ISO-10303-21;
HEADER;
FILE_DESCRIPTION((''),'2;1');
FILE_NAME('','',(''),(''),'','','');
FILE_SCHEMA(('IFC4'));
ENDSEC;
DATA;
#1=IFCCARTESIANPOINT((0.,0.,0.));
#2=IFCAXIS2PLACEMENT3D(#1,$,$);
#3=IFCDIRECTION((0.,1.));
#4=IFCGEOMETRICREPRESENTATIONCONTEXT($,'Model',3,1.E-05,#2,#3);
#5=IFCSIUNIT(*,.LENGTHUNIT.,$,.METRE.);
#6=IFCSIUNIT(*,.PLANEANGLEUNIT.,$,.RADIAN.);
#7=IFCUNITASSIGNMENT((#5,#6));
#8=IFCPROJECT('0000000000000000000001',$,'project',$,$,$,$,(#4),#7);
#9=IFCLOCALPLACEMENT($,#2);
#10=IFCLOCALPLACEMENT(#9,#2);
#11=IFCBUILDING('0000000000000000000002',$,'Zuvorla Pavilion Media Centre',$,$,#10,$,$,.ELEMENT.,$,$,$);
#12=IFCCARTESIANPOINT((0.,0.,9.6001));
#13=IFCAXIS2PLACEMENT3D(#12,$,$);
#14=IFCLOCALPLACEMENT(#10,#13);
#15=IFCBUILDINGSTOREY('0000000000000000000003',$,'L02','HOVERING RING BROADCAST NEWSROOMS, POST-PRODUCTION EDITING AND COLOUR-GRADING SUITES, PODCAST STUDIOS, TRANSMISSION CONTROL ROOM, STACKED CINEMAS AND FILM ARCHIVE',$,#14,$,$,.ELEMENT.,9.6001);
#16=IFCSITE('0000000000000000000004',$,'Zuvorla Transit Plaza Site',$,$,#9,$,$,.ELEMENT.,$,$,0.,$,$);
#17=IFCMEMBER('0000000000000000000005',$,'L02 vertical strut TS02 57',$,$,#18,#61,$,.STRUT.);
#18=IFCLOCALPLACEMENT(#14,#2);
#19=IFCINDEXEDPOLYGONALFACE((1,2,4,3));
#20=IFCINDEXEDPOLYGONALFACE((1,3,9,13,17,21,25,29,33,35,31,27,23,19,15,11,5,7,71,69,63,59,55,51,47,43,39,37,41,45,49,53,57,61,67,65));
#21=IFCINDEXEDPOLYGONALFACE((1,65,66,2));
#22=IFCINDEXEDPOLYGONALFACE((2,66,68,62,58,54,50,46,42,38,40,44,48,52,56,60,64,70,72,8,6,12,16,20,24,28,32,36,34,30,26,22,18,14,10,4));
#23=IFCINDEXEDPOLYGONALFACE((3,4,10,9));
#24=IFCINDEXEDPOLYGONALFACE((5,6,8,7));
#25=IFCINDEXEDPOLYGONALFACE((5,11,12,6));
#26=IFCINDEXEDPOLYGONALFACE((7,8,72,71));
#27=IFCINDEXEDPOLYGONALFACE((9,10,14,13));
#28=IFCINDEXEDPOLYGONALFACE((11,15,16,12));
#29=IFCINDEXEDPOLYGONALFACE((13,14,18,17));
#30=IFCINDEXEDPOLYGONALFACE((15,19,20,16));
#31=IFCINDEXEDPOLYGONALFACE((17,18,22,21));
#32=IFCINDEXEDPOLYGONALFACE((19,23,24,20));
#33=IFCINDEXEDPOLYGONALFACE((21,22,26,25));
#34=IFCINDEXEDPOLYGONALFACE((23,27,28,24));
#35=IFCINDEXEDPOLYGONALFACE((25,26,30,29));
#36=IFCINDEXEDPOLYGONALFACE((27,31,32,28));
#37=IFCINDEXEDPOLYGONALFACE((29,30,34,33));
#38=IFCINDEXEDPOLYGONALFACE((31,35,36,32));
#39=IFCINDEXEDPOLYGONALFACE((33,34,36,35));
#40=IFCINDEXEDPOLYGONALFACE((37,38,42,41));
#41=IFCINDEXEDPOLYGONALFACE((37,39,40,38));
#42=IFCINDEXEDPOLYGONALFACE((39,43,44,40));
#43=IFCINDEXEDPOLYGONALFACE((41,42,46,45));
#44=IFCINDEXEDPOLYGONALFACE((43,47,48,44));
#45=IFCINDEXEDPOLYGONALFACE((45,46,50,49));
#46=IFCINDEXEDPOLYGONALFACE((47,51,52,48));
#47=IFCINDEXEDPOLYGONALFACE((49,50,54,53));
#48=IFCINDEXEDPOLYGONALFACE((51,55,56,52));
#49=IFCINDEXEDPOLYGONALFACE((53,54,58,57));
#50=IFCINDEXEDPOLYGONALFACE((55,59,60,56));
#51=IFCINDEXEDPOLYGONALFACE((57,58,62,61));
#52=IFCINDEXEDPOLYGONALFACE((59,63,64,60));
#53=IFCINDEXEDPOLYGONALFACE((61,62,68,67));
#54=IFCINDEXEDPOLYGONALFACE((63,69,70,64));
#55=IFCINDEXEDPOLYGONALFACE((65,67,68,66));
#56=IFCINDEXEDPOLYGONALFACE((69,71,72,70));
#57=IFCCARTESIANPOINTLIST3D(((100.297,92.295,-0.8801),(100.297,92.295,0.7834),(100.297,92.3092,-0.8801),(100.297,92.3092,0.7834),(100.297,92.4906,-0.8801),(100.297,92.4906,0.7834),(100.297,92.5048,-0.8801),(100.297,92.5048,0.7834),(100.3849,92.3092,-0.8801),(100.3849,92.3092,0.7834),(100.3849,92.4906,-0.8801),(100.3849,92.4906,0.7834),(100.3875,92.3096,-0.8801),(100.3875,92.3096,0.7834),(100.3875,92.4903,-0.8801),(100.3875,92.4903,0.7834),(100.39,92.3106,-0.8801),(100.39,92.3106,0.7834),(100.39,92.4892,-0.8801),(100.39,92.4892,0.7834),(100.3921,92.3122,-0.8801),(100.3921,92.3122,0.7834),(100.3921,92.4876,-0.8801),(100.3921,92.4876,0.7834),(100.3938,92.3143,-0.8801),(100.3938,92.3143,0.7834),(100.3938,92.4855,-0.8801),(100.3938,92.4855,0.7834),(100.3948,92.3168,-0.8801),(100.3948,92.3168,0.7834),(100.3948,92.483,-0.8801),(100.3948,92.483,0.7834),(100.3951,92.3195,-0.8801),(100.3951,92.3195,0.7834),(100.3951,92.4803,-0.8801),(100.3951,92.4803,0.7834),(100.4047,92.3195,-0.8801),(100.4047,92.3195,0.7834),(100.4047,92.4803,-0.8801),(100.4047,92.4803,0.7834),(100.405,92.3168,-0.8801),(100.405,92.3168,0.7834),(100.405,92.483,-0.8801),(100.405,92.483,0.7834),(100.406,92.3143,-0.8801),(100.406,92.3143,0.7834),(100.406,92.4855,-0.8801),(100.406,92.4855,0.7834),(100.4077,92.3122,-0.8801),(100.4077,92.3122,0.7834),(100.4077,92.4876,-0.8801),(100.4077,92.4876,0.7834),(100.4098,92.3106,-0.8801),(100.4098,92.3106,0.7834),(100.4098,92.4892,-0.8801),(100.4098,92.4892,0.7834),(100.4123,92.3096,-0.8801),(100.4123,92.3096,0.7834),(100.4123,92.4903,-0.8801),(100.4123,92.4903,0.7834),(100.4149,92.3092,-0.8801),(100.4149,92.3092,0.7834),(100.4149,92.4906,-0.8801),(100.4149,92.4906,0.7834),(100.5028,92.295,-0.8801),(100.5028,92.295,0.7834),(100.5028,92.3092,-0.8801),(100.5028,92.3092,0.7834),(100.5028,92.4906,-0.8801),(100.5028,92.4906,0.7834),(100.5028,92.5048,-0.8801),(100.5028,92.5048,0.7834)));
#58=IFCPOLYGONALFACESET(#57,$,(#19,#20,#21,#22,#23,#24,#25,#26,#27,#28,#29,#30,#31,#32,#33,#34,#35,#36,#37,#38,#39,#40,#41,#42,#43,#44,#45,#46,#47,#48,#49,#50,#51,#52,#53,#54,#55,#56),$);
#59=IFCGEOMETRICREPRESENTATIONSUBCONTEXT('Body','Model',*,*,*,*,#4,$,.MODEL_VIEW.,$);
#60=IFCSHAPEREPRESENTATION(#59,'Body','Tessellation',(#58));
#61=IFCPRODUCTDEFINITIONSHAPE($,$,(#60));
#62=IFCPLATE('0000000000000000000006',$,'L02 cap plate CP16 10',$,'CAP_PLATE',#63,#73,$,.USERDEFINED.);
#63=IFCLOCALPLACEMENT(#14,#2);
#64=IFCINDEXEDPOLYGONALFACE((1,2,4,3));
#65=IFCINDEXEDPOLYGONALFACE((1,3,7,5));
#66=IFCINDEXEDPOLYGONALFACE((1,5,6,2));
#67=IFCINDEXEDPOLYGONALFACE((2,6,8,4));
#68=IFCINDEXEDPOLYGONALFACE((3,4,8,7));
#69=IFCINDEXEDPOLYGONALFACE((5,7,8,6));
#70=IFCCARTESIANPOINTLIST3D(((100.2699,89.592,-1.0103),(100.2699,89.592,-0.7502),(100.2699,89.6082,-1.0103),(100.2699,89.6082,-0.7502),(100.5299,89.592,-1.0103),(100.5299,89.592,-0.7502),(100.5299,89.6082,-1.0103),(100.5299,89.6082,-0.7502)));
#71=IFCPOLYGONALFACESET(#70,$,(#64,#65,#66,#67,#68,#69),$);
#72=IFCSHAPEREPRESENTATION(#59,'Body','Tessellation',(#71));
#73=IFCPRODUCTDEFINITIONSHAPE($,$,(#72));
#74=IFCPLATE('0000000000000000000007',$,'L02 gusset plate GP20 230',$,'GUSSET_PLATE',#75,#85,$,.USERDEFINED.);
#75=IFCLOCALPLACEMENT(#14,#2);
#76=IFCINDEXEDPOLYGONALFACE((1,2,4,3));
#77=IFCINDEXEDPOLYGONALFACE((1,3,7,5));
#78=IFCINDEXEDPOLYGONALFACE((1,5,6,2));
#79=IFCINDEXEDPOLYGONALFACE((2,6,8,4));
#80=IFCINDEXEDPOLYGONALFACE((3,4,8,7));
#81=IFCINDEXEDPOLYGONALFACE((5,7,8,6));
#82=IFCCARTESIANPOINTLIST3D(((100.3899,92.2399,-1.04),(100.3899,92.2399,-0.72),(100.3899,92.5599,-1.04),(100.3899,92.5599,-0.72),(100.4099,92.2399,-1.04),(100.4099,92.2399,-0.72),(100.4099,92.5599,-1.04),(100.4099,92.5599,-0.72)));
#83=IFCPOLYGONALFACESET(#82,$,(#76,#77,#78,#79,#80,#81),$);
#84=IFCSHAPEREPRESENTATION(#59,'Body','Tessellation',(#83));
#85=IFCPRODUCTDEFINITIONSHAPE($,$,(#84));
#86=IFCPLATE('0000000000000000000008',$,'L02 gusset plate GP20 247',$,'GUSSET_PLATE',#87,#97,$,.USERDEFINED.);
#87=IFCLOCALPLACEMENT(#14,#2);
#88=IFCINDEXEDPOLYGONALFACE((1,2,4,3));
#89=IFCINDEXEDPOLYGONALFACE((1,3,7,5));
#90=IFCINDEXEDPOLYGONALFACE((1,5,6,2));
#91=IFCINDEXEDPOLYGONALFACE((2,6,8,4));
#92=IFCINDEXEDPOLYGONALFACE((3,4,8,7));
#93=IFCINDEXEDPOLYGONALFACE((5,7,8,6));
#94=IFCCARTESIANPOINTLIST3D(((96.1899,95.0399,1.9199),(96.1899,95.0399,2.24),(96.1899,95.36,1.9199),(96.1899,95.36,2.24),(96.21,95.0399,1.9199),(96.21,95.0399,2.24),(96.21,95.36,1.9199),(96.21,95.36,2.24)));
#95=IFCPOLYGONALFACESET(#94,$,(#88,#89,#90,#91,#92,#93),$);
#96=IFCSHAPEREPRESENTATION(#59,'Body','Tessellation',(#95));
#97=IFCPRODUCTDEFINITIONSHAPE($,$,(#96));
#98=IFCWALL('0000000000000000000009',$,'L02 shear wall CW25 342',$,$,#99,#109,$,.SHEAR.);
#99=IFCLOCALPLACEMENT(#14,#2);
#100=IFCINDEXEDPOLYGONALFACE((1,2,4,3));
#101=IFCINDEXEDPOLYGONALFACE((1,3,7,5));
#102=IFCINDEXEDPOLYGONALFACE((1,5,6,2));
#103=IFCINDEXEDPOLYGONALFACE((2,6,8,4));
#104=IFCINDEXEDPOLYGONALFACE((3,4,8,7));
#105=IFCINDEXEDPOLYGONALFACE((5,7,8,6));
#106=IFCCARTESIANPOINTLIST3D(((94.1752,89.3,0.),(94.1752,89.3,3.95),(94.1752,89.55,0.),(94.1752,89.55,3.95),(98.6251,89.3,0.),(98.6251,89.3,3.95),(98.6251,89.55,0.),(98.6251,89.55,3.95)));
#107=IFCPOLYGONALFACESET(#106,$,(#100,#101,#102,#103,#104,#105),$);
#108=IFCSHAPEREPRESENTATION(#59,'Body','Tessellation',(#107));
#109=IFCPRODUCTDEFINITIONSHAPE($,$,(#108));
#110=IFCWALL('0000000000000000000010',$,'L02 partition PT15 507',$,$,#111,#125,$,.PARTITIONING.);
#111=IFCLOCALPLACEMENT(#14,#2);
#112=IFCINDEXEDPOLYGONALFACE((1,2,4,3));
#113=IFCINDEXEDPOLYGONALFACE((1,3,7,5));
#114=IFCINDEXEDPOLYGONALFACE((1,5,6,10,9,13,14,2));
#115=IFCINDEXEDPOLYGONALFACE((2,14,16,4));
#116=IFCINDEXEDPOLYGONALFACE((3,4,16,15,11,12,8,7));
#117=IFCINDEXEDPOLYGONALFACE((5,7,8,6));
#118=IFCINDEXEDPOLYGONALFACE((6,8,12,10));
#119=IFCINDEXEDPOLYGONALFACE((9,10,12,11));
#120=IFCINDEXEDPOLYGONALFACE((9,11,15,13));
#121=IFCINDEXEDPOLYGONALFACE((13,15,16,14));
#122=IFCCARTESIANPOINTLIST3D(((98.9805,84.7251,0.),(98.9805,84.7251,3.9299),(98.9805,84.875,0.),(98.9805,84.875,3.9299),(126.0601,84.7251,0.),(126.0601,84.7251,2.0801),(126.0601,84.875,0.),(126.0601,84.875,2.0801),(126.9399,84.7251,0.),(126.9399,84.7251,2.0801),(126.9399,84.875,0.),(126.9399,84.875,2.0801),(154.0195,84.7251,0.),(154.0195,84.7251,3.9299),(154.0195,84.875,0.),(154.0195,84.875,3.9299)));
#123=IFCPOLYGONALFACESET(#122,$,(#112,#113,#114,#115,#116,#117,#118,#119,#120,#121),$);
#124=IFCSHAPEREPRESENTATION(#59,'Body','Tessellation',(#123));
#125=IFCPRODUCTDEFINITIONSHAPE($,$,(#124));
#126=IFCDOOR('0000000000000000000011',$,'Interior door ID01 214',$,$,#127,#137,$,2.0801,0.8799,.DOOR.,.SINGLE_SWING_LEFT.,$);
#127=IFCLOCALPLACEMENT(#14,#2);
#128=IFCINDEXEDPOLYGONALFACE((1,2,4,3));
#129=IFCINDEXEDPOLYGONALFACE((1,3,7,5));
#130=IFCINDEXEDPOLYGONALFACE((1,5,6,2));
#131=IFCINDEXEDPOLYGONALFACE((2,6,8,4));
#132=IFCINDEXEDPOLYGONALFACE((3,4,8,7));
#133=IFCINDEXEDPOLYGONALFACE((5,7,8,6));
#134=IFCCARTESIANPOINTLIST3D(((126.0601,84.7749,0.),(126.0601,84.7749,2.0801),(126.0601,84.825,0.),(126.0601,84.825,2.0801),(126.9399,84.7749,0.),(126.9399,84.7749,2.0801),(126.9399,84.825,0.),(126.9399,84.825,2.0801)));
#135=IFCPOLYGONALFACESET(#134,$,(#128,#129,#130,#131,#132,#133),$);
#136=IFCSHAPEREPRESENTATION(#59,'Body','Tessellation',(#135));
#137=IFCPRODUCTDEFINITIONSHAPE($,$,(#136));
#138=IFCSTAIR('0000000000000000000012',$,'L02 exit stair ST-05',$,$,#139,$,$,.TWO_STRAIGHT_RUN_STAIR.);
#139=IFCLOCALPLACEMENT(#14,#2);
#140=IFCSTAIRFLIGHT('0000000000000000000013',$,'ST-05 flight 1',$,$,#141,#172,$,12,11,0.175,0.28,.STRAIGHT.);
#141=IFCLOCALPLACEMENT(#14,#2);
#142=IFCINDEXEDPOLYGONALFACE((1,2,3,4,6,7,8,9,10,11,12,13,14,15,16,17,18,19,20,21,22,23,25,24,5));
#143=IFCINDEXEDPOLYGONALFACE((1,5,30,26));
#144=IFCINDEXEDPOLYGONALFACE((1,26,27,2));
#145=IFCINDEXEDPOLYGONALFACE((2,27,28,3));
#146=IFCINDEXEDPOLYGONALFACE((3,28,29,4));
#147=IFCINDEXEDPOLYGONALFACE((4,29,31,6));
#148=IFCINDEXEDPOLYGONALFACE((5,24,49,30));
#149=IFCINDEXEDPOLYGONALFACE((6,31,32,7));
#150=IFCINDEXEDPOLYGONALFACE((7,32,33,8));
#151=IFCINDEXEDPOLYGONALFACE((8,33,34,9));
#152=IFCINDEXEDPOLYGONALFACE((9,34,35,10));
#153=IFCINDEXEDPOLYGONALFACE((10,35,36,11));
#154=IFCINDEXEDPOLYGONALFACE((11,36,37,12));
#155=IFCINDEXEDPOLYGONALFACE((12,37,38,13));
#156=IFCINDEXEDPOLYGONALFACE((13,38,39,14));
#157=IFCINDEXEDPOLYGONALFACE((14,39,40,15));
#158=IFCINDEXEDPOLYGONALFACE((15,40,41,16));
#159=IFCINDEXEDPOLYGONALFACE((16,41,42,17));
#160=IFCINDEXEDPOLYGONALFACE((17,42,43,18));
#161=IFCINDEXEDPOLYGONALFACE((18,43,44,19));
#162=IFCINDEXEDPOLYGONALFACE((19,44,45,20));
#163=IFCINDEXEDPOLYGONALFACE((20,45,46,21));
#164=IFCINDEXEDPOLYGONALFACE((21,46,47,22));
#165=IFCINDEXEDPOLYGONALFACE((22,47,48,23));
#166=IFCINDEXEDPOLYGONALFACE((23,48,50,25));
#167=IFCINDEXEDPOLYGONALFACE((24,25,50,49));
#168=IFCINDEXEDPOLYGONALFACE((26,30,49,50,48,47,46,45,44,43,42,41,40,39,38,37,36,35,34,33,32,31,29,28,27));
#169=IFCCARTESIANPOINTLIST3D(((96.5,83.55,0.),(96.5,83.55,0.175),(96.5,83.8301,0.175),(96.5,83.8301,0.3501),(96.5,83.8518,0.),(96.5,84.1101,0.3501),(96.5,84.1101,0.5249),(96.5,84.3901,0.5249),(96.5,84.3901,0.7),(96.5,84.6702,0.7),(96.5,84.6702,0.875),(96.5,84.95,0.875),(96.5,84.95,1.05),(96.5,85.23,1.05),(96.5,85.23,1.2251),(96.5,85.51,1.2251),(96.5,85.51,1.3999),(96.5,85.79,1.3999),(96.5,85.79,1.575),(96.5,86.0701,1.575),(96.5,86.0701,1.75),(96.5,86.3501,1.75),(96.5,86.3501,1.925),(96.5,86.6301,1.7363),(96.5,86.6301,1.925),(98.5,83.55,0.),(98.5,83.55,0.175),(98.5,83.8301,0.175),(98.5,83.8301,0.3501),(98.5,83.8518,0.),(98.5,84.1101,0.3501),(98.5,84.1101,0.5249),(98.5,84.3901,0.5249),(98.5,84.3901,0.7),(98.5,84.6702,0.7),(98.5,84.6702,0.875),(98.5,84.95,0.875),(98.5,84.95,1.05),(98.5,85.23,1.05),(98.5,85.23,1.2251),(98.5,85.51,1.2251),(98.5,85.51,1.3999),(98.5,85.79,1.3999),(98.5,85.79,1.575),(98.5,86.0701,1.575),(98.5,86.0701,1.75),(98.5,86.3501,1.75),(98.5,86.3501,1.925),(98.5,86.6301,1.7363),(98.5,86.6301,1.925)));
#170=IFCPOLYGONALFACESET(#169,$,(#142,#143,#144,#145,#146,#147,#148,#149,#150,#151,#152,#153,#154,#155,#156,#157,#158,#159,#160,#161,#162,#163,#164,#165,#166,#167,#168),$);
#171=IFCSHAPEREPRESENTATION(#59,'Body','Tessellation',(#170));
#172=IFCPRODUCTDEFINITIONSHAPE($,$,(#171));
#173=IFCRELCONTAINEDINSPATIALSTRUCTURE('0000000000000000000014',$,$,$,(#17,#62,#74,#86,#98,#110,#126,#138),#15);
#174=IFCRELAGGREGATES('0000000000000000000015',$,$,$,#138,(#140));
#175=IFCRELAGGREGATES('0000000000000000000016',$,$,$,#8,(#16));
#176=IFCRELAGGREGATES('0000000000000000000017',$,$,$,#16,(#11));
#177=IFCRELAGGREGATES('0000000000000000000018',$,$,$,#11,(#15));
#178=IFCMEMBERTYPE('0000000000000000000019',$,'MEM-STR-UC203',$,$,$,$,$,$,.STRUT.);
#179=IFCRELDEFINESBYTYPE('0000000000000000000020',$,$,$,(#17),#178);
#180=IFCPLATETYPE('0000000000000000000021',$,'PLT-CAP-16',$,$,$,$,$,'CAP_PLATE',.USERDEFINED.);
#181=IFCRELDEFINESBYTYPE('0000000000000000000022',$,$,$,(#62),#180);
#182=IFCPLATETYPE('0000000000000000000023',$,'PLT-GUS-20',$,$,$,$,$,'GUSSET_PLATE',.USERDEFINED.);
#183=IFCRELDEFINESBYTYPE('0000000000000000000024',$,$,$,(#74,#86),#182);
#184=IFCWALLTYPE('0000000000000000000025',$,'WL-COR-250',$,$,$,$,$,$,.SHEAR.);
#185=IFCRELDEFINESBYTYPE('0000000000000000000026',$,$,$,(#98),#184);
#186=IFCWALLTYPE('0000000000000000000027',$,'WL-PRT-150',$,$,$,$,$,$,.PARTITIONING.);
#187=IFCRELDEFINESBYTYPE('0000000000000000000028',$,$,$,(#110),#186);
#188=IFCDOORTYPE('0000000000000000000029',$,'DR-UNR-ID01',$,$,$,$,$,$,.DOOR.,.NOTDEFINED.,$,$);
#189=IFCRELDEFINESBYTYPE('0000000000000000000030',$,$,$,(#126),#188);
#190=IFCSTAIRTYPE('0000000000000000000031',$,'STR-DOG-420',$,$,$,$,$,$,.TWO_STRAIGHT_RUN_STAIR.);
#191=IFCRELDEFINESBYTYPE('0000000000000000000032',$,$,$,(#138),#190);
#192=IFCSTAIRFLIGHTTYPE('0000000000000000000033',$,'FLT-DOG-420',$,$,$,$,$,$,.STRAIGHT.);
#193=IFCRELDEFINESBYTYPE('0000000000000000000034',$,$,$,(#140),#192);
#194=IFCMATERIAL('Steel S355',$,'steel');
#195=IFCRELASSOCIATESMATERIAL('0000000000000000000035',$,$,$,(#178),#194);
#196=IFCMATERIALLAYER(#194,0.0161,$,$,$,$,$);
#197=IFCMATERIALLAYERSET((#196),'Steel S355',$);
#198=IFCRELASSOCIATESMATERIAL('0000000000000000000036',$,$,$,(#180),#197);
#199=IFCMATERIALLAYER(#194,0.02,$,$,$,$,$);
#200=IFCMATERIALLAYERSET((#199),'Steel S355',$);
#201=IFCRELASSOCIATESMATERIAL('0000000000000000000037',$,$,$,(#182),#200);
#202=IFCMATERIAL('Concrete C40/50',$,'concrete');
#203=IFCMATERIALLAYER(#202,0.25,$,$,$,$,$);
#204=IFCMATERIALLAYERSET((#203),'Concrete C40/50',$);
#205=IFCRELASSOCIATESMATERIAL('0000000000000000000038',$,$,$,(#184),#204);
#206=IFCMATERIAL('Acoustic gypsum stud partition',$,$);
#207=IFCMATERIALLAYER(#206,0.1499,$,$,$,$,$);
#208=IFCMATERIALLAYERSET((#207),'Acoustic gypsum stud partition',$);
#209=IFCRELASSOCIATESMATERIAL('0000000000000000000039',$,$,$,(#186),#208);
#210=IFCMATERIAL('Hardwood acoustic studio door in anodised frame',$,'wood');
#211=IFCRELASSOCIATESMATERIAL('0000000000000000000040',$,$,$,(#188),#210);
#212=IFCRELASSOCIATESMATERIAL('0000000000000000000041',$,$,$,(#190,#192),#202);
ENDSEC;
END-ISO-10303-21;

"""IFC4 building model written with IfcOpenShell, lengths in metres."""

from ifc_helpers import new_model, si_unit, direction, frame, frame_2d, origin, origin_2d, place, context, subcontext, project, spatial, polyline, rectangle, i_section, outline, extrude, material, layer, layer_set, material_profile, profile_set, type_object, element, fill, aggregate, save


model = new_model("IFC4")

# Units and contexts
model_context = context("Model", 3, precision=1e-05, world=origin(), true_north=direction((0.0, 1.0)))
body_context = subcontext(model_context, "Body", "Model", "MODEL_VIEW")
ifc_project = project(units=[si_unit("LENGTHUNIT", "METRE"), si_unit("PLANEANGLEUNIT", "RADIAN")], contexts=[model_context])

# Site, building, storey
site_placement = place(None, origin())
site = spatial("IfcSite", under=ifc_project, at=site_placement, Name="Zuvorla Transit Plaza Site", CompositionType="ELEMENT", RefElevation=0.0)
building_placement = place(site_placement, origin())
building = spatial("IfcBuilding", under=site, at=building_placement, Name="Zuvorla Pavilion Media Centre", CompositionType="ELEMENT")
storey_placement = place(building_placement, frame((0.0, 0.0, 9.6001)))
storey = spatial("IfcBuildingStorey", under=building, at=storey_placement, Name="L02", Description="HOVERING RING BROADCAST NEWSROOMS, POST-PRODUCTION EDITING AND COLOUR-GRADING SUITES, PODCAST STUDIOS, TRANSMISSION CONTROL ROOM, STACKED CINEMAS AND FILM ARCHIVE", CompositionType="ELEMENT", Elevation=9.6001)

# Shared definitions
ifc_material_1 = material(Name="Concrete C40/50", Category="concrete")

# Shared definitions
ifc_material_2 = material(Name="Steel S355", Category="steel")

# Member
ifc_material_profile_1 = material_profile(ifc_material_2, i_section(OverallWidth=0.2058, OverallDepth=0.2097, WebThickness=0.0095, FlangeThickness=0.0142, FilletRadius=0.0103, at=origin_2d()), Name="UC 203x203x60")
ifc_profile_set_1 = profile_set([ifc_material_profile_1], Name="Steel S355")
member_type_1 = type_object("IfcMemberType", Name="MEM-STR-UC203", PredefinedType="STRUT", material=ifc_profile_set_1)
member_1_placement = place(storey_placement, frame((100.3999, 92.3999, -0.8801), z_axis=(0.0, 0.0, 1.0), x_axis=(1.0, 0.0, 0.0)))
element("IfcMember", 1, at=member_1_placement, inside=storey, type_object=member_type_1, Name="L02 vertical strut TS02 57", PredefinedType="STRUT", context=body_context, shape_type="SweptSolid", body=[
    extrude(i_section(OverallWidth=0.2058, OverallDepth=0.2097, WebThickness=0.0095, FlangeThickness=0.0142, FilletRadius=0.0103, at=origin_2d()), origin(), (0.0, 0.0, 1.0), 1.6636),
])

# Plates
ifc_layer_1 = layer(ifc_material_2, 0.0161)
ifc_layer_set_1 = layer_set([ifc_layer_1], Name="Steel S355")
plate_type_1 = type_object("IfcPlateType", Name="PLT-CAP-16", ElementType="CAP_PLATE", PredefinedType="USERDEFINED", material=ifc_layer_set_1)
plate_placement = place(storey_placement, frame((100.3999, 89.6001, -1.0103), z_axis=(0.0, 0.0, 1.0), x_axis=(1.0, 0.0, 0.0)))
element("IfcPlate", 2, at=plate_placement, inside=storey, type_object=plate_type_1, Name="L02 cap plate CP16 10", ObjectType="CAP_PLATE", PredefinedType="USERDEFINED", context=body_context, shape_type="SweptSolid", body=[
    extrude(rectangle(XDim=0.26, YDim=0.0161, at=origin_2d()), origin(), (0.0, 0.0, 1.0), 0.26),
])
ifc_layer_2 = layer(ifc_material_2, 0.02)
ifc_layer_set_2 = layer_set([ifc_layer_2], Name="Steel S355")
plate_type_2 = type_object("IfcPlateType", Name="PLT-GUS-20", ElementType="GUSSET_PLATE", PredefinedType="USERDEFINED", material=ifc_layer_set_2)
for number, where, z_axis, x_axis, name in (
    (3, (100.3999, 92.3999, -1.04), (0.0, 0.0, 1.0), (1.0, 0.0, 0.0), "L02 gusset plate GP20 230"),
    (4, (96.2, 95.2, 1.9199), (0.0, 0.0, 1.0), (1.0, 0.0, 0.0), "L02 gusset plate GP20 247"),
):
    element("IfcPlate", number, at=place(storey_placement, frame(where, z_axis=z_axis, x_axis=x_axis)), inside=storey, type_object=plate_type_2, Name=name, ObjectType="GUSSET_PLATE", PredefinedType="USERDEFINED", context=body_context, shape_type="SweptSolid", body=[
        extrude(rectangle(XDim=0.02, YDim=0.3201, at=origin_2d()), origin(), (0.0, 0.0, 1.0), 0.3201),
    ])

# Wall
ifc_layer_3 = layer(ifc_material_1, 0.25)
ifc_layer_set_3 = layer_set([ifc_layer_3], Name="Concrete C40/50")
wall_type_1 = type_object("IfcWallType", Name="WL-COR-250", PredefinedType="SHEAR", material=ifc_layer_set_3)
wall_1_placement = place(storey_placement, frame((94.175, 89.425, 0.0), z_axis=(0.0, 0.0, 1.0), x_axis=(1.0, 0.0, 0.0)))
element("IfcWall", 5, at=wall_1_placement, inside=storey, type_object=wall_type_1, Name="L02 shear wall CW25 342", PredefinedType="SHEAR", context=body_context, shape_type="SweptSolid", body=[
    extrude(rectangle(XDim=4.45, YDim=0.25, at=frame_2d((2.2251, 0.0))), origin(), (0.0, 0.0, 1.0), 3.95),
])

# Wall, opening, door
ifc_material_3 = material(Name="Acoustic gypsum stud partition")
ifc_layer_4 = layer(ifc_material_3, 0.1499)
ifc_layer_set_4 = layer_set([ifc_layer_4], Name="Acoustic gypsum stud partition")
wall_type_2 = type_object("IfcWallType", Name="WL-PRT-150", PredefinedType="PARTITIONING", material=ifc_layer_set_4)
wall_2_placement = place(storey_placement, frame((98.9805, 84.8, 0.0), z_axis=(0.0, 0.0, 1.0), x_axis=(1.0, 0.0, 0.0)))
wall_2 = element("IfcWall", 6, at=wall_2_placement, inside=storey, type_object=wall_type_2, Name="L02 partition PT15 507", PredefinedType="PARTITIONING", context=body_context, shape_type="SweptSolid", body=[
    extrude(rectangle(XDim=55.0391, YDim=0.1499, at=frame_2d((27.5195, 0.0))), origin(), (0.0, 0.0, 1.0), 3.9299),
])
opening_placement = place(wall_2_placement, frame((27.0796, 0.0, 0.0)))
opening = element("IfcOpeningElement", 7, at=opening_placement, cuts=wall_2, PredefinedType="OPENING", context=body_context, shape_type="SweptSolid", body=[
    extrude(rectangle(XDim=0.8799, YDim=2.0801, at=frame_2d((0.4399, 1.04))), frame((0.0, 0.085, 0.0), z_axis=(0.0, -1.0, 0.0), x_axis=(1.0, 0.0, 0.0)), (0.0, 0.0, 1.0), 0.1699),
])
ifc_material_4 = material(Name="Hardwood acoustic studio door in anodised frame", Category="wood")
door_type = type_object("IfcDoorType", Name="DR-UNR-ID01", OperationType="NOTDEFINED", PredefinedType="DOOR", material=ifc_material_4)
door_placement = place(opening_placement, origin())
door = element("IfcDoor", 8, at=door_placement, inside=storey, type_object=door_type, Name="Interior door ID01 214", OperationType="SINGLE_SWING_LEFT", OverallHeight=2.0801, OverallWidth=0.8799, PredefinedType="DOOR", context=body_context, shape_type="SweptSolid", body=[
    extrude(rectangle(XDim=0.8799, YDim=2.0801, at=frame_2d((0.4399, 1.04))), frame((0.0, 0.0249, 0.0), z_axis=(0.0, -1.0, 0.0), x_axis=(1.0, 0.0, 0.0)), (0.0, 0.0, 1.0), 0.05),
])
fill(opening, door)

# Stair, stair flight
stair_type = type_object("IfcStairType", Name="STR-DOG-420", PredefinedType="TWO_STRAIGHT_RUN_STAIR", material=ifc_material_1)
stair_placement = place(storey_placement, origin())
stair = element("IfcStair", 9, at=stair_placement, inside=storey, type_object=stair_type, Name="L02 exit stair ST-05", PredefinedType="TWO_STRAIGHT_RUN_STAIR")
stair_flight_type = type_object("IfcStairFlightType", Name="FLT-DOG-420", PredefinedType="STRAIGHT", material=ifc_material_1)
stair_flight_1_placement = place(storey_placement, frame((97.5, 83.55, 0.0), z_axis=(0.0, 0.0, 1.0), x_axis=(0.0, 1.0, 0.0)))
stair_flight_1 = element("IfcStairFlight", 10, at=stair_flight_1_placement, type_object=stair_flight_type, Name="ST-05 flight 1", NumberOfRisers=12, NumberOfTreads=11, PredefinedType="STRAIGHT", RiserHeight=0.175, TreadLength=0.28, context=body_context, shape_type="SweptSolid", body=[
    extrude(outline(polyline([(0.0, 0.0), (0.0, 0.175), (0.28, 0.175), (0.28, 0.3501), (0.5601, 0.3501), (0.5601, 0.5249), (0.8401, 0.5249), (0.8401, 0.7), (1.1201, 0.7), (1.1201, 0.875), (1.3999, 0.875), (1.3999, 1.05), (1.6799, 1.05), (1.6799, 1.2251), (1.96, 1.2251), (1.96, 1.3999), (2.24, 1.3999), (2.24, 1.575), (2.52, 1.575), (2.52, 1.75), (2.8, 1.75), (2.8, 1.925), (3.0801, 1.925), (3.0801, 2.1001), (3.0801, 1.7363), (0.3018, 0.0), (0.0, 0.0)])), frame((0.0, 1.0, 0.0), z_axis=(0.0, -1.0, 0.0), x_axis=(1.0, 0.0, 0.0)), (0.0, 0.0, 1.0), 2.0),
])
aggregate(stair, [stair_flight_1])

save(model, "model.ifc")
